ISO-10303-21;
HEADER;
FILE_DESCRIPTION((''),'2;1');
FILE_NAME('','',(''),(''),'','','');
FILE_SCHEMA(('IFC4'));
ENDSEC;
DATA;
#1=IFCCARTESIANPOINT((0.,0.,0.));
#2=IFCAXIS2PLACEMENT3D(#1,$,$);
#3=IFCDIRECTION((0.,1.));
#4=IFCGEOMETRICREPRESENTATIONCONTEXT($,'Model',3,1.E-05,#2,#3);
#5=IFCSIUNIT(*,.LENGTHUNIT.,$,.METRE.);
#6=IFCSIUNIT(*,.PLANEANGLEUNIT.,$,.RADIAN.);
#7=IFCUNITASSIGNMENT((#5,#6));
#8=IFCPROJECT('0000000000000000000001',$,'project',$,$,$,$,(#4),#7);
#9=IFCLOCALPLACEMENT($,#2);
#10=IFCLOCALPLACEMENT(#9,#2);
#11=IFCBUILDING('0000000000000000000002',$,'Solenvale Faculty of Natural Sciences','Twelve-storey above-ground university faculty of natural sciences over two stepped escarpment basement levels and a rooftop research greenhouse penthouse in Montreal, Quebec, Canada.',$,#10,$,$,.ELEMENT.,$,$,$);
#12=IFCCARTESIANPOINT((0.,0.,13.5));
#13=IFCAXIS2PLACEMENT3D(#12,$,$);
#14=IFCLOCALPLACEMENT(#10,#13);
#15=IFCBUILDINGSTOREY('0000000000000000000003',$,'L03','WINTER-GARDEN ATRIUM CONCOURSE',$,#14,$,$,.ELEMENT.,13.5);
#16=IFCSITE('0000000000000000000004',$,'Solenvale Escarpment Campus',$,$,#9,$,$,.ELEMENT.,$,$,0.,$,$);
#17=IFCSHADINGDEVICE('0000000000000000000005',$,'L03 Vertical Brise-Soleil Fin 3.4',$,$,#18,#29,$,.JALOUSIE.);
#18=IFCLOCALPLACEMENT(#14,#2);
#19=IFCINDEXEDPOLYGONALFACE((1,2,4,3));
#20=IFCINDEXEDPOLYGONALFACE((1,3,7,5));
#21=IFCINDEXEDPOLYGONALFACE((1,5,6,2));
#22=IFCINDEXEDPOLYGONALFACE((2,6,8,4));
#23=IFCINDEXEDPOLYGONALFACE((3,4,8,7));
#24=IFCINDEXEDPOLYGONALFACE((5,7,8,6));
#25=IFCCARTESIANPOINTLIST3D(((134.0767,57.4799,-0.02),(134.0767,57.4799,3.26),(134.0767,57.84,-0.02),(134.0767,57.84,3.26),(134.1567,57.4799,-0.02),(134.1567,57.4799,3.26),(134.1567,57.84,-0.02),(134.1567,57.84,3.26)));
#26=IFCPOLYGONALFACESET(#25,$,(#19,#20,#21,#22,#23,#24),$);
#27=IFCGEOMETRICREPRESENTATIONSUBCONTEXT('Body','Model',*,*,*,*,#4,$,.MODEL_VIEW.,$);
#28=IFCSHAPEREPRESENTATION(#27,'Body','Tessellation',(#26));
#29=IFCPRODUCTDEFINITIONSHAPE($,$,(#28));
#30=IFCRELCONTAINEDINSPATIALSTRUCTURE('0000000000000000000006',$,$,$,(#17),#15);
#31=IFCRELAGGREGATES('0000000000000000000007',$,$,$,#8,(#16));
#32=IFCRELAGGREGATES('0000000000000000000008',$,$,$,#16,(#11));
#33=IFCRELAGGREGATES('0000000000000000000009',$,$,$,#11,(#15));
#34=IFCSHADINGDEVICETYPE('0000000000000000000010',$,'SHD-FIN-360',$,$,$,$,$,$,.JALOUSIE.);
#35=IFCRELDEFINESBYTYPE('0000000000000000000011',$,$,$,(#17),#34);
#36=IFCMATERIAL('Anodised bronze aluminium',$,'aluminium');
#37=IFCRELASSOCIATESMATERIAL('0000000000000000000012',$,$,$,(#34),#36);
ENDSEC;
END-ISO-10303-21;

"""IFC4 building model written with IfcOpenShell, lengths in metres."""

from ifc_helpers import new_model, si_unit, direction, frame, origin, origin_2d, place, context, subcontext, project, spatial, rectangle, extrude, material, material_profile, profile_set, type_object, element, save


model = new_model("IFC4")

# Units and contexts
model_context = context("Model", 3, precision=1e-05, world=origin(), true_north=direction((0.0, 1.0)))
body_context = subcontext(model_context, "Body", "Model", "MODEL_VIEW")
ifc_project = project(units=[si_unit("LENGTHUNIT", "METRE"), si_unit("PLANEANGLEUNIT", "RADIAN")], contexts=[model_context])

# Site, building, storey
site_placement = place(None, origin())
site = spatial("IfcSite", under=ifc_project, at=site_placement, Name="Solenvale Escarpment Campus", CompositionType="ELEMENT", RefElevation=0.0)
building_placement = place(site_placement, origin())
building = spatial("IfcBuilding", under=site, at=building_placement, Name="Solenvale Faculty of Natural Sciences", Description="Twelve-storey above-ground university faculty of natural sciences over two stepped escarpment basement levels and a rooftop research greenhouse penthouse in Montreal, Quebec, Canada.", CompositionType="ELEMENT")
storey_placement = place(building_placement, frame((0.0, 0.0, 13.5)))
storey = spatial("IfcBuildingStorey", under=building, at=storey_placement, Name="L03", Description="WINTER-GARDEN ATRIUM CONCOURSE", CompositionType="ELEMENT", Elevation=13.5)

# Shared definitions
ifc_material_1 = material(Name="Anodised bronze aluminium", Category="aluminium")

# Shading device
ifc_material_profile_1 = material_profile(ifc_material_1, rectangle(XDim=0.0801, YDim=0.3601, at=origin_2d()), Name="ALU-FIN-80x360")
ifc_profile_set_1 = profile_set([ifc_material_profile_1], Name="Anodised bronze aluminium")
shading_device_type = type_object("IfcShadingDeviceType", Name="SHD-FIN-360", PredefinedType="JALOUSIE", material=ifc_profile_set_1)
for number, where, z_axis, x_axis, name in (
    (1, (134.1167, 57.6599, -0.02), (0.0, 0.0, 1.0), (1.0, 0.0, 0.0), "L03 Vertical Brise-Soleil Fin 3.4"),
):
    element("IfcShadingDevice", number, at=place(storey_placement, frame(where, z_axis=z_axis, x_axis=x_axis)), inside=storey, type_object=shading_device_type, Name=name, PredefinedType="JALOUSIE", context=body_context, shape_type="SweptSolid", body=[
        extrude(rectangle(XDim=0.0801, YDim=0.3601, at=origin_2d()), origin(), (0.0, 0.0, 1.0), 3.28),
    ])

save(model, "model.ifc")
